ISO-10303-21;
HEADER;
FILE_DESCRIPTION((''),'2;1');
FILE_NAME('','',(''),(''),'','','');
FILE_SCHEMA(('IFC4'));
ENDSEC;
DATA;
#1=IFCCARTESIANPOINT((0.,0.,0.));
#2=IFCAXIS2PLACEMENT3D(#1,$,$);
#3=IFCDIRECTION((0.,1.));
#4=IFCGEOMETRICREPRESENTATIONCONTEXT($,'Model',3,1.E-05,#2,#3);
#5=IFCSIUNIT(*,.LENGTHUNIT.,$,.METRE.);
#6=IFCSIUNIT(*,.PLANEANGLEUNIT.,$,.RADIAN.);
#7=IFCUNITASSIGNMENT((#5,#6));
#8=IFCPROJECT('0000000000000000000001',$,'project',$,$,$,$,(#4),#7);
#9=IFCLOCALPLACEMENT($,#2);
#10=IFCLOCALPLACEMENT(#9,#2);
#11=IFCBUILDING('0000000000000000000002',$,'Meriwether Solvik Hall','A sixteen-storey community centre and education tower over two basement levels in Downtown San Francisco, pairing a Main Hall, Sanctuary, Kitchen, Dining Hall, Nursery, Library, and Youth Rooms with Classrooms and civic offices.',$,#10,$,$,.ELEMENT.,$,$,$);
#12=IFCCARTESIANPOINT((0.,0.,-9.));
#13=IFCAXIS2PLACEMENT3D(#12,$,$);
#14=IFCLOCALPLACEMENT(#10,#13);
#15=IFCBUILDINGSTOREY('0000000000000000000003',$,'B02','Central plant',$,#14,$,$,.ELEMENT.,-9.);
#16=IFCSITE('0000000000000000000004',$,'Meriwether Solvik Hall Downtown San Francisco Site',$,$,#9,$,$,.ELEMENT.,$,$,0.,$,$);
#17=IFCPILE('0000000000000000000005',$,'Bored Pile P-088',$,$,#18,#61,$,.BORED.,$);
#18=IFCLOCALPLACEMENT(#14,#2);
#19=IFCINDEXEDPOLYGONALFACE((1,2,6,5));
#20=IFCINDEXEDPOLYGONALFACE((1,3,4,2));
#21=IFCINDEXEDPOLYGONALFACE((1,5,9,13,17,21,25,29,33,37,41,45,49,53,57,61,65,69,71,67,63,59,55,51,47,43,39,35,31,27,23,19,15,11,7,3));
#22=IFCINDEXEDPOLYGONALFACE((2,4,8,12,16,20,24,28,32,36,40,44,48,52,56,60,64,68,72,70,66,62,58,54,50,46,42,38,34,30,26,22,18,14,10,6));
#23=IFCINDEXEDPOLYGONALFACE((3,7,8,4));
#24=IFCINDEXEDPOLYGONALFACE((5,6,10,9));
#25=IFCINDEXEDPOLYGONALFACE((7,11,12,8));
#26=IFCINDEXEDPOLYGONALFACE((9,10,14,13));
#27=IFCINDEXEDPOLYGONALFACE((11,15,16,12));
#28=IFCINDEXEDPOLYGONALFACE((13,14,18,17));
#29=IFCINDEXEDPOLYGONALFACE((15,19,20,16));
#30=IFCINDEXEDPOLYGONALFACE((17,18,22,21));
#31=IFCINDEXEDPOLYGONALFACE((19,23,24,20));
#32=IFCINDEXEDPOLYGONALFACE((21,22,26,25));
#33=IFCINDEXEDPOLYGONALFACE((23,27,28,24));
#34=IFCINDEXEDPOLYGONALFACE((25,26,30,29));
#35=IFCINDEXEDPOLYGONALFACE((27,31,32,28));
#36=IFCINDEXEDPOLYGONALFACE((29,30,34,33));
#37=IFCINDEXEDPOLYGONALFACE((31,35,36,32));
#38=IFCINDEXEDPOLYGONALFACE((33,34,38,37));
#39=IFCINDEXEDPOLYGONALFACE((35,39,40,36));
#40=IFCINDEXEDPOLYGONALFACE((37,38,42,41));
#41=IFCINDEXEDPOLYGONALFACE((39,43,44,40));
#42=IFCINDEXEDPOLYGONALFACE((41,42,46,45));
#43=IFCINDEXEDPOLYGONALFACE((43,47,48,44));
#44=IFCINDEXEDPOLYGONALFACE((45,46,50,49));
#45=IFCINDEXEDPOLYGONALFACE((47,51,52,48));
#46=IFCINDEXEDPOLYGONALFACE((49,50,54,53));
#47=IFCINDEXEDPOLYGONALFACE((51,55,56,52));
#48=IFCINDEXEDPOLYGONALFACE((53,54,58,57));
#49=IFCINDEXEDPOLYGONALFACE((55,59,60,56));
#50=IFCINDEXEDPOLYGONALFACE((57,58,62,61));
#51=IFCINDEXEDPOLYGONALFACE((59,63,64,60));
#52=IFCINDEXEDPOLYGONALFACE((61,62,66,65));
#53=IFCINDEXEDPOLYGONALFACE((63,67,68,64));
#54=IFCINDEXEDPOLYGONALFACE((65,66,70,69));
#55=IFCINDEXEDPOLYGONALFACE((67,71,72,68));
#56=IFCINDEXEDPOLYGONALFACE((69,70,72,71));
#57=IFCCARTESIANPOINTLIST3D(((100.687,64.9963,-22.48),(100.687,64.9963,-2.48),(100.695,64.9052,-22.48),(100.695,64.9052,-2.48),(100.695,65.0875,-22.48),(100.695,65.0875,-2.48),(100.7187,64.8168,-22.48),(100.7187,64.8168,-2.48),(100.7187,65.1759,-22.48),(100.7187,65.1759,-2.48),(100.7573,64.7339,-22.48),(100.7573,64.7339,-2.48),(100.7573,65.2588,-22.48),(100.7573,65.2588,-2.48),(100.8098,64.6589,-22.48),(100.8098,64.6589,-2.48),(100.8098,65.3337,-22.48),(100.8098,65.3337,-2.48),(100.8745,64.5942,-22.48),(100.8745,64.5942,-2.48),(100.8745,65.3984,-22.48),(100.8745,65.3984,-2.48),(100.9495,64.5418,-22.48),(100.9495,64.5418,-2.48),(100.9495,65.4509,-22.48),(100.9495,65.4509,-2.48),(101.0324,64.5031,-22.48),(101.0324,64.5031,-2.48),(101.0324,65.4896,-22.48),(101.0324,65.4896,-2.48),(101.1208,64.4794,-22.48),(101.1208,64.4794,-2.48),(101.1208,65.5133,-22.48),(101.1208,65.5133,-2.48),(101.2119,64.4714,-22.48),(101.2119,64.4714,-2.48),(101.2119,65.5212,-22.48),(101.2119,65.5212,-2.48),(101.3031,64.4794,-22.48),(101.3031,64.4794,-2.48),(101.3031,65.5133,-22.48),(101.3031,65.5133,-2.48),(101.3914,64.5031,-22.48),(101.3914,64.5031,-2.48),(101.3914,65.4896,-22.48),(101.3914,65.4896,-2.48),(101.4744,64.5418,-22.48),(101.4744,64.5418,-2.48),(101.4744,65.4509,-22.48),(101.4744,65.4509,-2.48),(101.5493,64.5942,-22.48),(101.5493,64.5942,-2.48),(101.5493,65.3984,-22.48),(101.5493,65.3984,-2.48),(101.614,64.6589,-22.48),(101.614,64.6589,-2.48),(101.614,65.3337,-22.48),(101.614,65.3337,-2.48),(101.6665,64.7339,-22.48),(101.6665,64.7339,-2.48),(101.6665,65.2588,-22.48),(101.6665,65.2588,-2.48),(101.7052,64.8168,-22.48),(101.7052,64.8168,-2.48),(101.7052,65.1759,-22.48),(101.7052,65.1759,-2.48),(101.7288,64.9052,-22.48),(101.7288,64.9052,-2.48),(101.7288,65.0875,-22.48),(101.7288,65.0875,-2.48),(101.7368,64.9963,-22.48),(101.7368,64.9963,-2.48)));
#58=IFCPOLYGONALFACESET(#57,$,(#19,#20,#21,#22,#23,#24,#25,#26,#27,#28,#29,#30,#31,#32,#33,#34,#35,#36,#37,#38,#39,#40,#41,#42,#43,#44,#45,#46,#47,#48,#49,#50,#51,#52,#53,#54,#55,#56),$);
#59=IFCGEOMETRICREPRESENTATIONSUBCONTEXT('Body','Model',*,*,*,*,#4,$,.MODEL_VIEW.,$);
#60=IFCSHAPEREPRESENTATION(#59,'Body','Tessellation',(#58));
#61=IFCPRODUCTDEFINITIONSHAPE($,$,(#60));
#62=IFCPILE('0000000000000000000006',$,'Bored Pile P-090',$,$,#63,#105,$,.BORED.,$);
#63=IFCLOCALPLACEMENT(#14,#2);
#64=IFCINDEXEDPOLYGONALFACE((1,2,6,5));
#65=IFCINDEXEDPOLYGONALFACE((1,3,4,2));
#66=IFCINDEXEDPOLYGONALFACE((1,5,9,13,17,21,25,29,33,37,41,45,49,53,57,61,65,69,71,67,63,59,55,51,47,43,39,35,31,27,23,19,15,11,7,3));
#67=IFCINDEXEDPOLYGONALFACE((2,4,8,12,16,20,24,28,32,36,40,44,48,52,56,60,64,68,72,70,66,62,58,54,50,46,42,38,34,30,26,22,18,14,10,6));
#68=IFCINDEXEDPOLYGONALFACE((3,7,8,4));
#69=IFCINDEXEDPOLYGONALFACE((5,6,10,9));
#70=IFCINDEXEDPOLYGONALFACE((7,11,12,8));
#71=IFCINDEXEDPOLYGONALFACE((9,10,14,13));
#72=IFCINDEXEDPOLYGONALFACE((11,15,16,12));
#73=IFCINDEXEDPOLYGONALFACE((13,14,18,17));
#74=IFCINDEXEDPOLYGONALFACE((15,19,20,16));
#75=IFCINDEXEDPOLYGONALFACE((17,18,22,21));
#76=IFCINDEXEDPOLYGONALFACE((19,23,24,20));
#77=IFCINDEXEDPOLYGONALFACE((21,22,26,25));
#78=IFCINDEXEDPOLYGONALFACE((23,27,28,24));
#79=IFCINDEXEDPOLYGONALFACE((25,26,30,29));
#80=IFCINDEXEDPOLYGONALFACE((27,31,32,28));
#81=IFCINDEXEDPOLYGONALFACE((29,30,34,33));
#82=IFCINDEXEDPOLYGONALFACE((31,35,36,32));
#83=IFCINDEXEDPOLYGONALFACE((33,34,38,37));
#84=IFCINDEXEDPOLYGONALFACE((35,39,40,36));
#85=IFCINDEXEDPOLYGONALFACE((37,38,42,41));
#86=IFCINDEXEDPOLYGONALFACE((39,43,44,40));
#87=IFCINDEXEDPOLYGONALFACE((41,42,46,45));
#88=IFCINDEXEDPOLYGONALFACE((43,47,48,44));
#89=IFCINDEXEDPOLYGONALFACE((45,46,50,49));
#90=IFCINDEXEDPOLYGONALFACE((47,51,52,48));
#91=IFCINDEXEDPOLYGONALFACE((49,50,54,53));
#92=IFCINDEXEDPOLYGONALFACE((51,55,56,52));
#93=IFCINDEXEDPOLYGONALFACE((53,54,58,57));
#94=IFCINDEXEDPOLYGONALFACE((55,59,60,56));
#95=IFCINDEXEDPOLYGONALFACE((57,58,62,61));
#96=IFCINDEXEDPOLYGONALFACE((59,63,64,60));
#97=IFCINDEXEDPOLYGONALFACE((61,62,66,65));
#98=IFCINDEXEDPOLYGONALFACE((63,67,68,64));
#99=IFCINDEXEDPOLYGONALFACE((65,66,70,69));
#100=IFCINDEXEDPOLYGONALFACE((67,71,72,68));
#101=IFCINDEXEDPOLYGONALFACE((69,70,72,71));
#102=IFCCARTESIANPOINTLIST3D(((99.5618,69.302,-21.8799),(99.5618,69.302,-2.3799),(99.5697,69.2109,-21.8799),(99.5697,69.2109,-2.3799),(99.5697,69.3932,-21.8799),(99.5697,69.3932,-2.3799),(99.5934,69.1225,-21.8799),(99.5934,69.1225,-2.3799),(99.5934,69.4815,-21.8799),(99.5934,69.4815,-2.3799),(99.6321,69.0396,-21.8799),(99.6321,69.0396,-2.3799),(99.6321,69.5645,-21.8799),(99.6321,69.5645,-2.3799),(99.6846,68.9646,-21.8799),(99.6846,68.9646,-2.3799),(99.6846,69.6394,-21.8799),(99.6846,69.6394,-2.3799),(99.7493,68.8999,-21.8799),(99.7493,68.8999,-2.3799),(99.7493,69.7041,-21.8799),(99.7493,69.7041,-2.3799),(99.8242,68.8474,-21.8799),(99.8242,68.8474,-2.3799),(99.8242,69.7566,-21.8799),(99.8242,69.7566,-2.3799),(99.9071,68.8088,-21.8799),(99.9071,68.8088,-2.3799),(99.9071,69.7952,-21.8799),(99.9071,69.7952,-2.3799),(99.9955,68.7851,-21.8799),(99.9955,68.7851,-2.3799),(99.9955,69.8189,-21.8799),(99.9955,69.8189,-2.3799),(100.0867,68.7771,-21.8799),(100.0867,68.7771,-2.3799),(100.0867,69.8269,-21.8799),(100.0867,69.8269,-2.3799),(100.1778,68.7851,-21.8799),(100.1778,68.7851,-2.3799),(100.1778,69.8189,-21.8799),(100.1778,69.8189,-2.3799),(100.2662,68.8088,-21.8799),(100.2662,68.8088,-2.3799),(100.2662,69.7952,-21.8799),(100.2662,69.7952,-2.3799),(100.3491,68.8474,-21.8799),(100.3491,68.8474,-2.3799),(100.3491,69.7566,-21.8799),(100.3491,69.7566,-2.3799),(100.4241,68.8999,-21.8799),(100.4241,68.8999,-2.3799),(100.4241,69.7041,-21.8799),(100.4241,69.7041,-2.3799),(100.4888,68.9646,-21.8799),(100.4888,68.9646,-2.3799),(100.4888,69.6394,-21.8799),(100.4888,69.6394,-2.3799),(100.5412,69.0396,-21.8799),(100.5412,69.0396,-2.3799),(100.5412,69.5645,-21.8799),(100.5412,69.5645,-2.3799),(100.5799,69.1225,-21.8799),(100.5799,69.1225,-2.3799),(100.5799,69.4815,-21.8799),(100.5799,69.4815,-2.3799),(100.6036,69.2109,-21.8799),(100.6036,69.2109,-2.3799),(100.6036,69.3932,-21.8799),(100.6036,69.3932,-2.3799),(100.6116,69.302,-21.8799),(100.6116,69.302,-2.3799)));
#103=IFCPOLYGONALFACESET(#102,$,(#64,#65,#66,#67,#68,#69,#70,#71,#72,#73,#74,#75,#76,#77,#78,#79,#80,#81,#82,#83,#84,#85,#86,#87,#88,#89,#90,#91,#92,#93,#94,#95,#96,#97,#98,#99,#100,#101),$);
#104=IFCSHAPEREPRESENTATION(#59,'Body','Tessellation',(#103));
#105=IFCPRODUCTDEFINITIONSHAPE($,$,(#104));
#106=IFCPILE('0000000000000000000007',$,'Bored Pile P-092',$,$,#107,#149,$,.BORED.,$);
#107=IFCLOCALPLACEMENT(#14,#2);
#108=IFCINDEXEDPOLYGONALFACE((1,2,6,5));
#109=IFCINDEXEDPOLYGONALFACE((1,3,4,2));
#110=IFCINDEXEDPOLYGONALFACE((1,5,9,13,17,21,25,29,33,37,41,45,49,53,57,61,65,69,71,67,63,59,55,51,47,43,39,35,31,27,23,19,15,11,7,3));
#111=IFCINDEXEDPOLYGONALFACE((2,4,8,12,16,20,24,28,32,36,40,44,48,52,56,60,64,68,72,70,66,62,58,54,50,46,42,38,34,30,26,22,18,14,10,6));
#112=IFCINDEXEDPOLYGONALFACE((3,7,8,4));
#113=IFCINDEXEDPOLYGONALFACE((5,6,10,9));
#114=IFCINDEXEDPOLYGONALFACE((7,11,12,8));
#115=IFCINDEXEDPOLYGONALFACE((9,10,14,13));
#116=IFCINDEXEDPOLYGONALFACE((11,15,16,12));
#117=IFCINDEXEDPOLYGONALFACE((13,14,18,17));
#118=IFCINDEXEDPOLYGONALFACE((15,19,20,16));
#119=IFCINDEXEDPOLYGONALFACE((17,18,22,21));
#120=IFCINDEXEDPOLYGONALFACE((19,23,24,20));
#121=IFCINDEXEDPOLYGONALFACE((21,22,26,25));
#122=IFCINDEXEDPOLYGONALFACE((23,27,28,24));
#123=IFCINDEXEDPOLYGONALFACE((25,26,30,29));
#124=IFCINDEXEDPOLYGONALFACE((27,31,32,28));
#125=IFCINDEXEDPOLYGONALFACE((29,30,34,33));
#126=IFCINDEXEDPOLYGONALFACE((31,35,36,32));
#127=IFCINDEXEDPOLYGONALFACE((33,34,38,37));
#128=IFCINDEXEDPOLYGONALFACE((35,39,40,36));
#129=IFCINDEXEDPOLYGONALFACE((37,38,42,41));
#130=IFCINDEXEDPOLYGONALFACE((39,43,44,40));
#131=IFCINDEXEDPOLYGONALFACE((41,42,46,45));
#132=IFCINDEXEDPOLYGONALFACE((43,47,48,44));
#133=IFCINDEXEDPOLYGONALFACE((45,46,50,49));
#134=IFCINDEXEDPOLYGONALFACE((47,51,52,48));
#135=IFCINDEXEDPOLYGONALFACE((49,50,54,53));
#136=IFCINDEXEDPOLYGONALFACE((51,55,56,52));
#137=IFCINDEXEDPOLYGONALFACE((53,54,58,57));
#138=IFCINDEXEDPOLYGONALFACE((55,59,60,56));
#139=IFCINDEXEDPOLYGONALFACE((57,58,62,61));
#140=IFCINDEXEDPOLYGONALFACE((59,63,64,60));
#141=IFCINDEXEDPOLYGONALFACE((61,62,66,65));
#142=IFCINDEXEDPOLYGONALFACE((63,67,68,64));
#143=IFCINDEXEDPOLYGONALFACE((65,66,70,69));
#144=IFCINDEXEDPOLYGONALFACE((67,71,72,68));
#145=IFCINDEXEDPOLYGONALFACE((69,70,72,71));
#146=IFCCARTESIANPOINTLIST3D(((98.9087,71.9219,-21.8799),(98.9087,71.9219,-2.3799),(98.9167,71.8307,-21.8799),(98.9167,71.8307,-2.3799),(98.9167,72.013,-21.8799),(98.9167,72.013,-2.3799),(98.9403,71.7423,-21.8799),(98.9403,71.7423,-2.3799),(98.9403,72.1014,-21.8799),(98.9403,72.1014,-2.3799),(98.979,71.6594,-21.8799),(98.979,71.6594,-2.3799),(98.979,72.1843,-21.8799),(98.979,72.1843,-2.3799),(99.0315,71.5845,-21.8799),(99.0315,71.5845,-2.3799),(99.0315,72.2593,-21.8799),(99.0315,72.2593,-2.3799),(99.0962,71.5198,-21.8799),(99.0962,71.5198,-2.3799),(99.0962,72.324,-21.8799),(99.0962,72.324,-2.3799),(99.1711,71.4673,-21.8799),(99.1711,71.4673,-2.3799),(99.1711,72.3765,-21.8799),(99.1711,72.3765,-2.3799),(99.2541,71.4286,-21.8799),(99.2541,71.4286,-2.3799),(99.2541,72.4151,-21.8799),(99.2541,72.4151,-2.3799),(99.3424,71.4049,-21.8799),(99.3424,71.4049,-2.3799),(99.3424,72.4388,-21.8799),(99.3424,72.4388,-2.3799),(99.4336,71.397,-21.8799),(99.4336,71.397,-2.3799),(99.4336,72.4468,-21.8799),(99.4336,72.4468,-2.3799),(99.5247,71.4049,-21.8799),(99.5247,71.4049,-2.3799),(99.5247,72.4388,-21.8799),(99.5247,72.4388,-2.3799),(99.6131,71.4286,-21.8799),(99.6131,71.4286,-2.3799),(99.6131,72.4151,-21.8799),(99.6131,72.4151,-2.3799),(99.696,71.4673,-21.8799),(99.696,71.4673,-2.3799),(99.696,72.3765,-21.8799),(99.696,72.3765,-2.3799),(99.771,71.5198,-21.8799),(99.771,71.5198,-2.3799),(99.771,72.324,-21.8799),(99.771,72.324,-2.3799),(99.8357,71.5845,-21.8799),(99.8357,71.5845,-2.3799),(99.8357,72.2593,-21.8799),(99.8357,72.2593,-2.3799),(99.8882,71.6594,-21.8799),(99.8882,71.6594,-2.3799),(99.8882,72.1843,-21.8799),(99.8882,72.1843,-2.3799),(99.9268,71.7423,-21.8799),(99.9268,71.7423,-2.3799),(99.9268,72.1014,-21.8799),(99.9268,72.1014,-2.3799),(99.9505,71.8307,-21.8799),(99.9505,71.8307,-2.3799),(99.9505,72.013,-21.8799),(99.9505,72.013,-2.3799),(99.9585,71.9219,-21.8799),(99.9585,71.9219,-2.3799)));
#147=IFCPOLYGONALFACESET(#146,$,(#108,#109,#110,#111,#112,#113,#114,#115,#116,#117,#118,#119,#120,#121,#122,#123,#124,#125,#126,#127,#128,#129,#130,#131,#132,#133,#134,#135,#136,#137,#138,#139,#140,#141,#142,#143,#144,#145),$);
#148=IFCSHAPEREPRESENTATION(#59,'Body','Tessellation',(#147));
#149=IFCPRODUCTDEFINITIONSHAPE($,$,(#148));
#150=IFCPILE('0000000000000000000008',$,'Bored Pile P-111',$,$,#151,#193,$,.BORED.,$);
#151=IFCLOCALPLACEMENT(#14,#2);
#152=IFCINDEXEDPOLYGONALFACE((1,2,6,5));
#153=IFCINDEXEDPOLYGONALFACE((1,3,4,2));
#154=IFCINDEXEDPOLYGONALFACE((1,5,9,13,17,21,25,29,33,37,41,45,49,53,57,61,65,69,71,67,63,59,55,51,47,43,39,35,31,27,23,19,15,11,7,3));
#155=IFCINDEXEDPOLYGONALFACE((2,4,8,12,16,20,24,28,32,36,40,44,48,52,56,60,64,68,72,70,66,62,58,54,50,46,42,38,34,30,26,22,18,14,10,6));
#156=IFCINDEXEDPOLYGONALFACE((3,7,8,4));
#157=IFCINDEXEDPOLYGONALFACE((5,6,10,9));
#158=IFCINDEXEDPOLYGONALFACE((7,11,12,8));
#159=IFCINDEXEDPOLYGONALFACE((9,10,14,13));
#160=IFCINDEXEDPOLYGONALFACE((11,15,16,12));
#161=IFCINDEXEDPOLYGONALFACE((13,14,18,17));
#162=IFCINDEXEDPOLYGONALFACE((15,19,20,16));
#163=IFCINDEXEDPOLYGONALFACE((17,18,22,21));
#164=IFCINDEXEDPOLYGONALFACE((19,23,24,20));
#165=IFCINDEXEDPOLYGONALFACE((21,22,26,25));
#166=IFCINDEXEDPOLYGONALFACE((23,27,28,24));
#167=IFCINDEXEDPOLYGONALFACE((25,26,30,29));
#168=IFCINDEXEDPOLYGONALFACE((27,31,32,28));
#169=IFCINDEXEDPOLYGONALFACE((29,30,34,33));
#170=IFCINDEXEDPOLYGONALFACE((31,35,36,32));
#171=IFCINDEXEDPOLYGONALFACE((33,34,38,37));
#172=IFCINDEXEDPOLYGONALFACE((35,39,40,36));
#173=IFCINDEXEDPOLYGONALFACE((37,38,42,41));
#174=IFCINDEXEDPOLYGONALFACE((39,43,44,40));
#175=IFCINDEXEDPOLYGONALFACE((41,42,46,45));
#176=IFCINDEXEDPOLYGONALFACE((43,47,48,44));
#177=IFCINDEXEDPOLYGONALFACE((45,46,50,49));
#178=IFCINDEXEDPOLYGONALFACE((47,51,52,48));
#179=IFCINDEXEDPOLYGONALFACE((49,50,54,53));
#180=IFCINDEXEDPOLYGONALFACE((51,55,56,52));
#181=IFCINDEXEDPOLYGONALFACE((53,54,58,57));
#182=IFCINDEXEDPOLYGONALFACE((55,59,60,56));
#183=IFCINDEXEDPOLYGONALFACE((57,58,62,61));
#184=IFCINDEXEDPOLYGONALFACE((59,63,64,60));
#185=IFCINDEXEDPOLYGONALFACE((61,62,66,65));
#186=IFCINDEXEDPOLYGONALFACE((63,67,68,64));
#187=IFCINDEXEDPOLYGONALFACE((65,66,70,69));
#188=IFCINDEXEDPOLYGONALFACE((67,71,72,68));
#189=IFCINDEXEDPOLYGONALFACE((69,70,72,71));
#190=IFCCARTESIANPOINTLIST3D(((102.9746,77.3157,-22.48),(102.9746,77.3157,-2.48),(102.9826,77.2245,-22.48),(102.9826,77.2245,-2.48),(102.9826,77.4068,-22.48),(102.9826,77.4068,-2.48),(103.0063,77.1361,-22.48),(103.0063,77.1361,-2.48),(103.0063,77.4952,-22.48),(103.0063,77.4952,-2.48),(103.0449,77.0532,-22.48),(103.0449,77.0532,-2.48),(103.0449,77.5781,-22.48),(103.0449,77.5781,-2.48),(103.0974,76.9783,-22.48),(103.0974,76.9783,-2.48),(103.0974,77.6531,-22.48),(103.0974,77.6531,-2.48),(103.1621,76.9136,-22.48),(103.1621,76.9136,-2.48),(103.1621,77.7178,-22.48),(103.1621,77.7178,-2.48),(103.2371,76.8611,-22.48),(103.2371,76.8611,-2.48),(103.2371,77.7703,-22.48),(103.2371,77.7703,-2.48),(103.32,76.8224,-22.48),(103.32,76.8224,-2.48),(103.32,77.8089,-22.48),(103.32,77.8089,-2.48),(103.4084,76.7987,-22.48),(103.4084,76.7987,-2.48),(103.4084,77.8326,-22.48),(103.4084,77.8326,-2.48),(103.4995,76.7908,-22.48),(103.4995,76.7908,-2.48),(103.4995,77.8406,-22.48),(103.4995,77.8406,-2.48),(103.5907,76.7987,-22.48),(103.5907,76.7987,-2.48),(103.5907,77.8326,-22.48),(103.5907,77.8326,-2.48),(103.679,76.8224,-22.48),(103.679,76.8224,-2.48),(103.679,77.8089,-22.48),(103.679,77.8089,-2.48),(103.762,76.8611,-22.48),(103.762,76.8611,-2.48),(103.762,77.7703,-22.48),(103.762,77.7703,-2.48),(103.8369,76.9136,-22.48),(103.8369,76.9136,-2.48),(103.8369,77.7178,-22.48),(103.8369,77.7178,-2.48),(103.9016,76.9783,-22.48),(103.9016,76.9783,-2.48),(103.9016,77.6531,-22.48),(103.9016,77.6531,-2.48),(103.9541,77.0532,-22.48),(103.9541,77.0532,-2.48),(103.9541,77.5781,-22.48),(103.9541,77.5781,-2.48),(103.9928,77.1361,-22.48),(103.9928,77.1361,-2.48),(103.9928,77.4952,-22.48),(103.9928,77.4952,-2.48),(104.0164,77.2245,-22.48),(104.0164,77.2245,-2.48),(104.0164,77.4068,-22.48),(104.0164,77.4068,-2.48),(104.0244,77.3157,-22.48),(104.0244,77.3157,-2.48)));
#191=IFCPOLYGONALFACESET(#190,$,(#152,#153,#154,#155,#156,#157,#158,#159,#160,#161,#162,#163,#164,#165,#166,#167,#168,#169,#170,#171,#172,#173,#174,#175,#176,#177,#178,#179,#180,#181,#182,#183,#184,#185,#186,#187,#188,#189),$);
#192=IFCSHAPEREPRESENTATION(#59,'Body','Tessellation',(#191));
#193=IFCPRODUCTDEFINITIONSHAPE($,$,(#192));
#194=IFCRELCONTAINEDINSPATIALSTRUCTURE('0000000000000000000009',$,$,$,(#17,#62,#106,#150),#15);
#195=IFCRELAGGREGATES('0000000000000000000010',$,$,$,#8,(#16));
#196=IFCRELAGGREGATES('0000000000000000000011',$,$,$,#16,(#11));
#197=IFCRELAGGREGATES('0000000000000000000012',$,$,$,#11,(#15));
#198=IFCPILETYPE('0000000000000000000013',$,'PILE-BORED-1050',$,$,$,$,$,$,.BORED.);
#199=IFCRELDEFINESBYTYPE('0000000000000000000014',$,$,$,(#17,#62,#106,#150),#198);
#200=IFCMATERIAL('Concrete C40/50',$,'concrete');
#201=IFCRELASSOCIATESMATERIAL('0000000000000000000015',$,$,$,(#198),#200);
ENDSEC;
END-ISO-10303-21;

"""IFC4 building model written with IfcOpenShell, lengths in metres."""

from ifc_helpers import new_model, si_unit, direction, frame, origin, origin_2d, place, context, subcontext, project, spatial, circle, extrude, material, material_profile, profile_set, type_object, element, save


model = new_model("IFC4")

# Units and contexts
model_context = context("Model", 3, precision=1e-05, world=origin(), true_north=direction((0.0, 1.0)))
body_context = subcontext(model_context, "Body", "Model", "MODEL_VIEW")
ifc_project = project(units=[si_unit("LENGTHUNIT", "METRE"), si_unit("PLANEANGLEUNIT", "RADIAN")], contexts=[model_context])

# Site, building, storey
site_placement = place(None, origin())
site = spatial("IfcSite", under=ifc_project, at=site_placement, Name="Meriwether Solvik Hall Downtown San Francisco Site", CompositionType="ELEMENT", RefElevation=0.0)
building_placement = place(site_placement, origin())
building = spatial("IfcBuilding", under=site, at=building_placement, Name="Meriwether Solvik Hall", Description="A sixteen-storey community centre and education tower over two basement levels in Downtown San Francisco, pairing a Main Hall, Sanctuary, Kitchen, Dining Hall, Nursery, Library, and Youth Rooms with Classrooms and civic offices.", CompositionType="ELEMENT")
storey_placement = place(building_placement, frame((0.0, 0.0, -9.0)))
storey = spatial("IfcBuildingStorey", under=building, at=storey_placement, Name="B02", Description="Central plant", CompositionType="ELEMENT", Elevation=-9.0)

# Piles
ifc_material_1 = material(Name="Concrete C40/50", Category="concrete")
ifc_material_profile_1 = material_profile(ifc_material_1, circle(Radius=0.5249, at=origin_2d()), Name="PILE-D1050")
ifc_profile_set_1 = profile_set([ifc_material_profile_1], Name="Concrete C40/50")
pile_type_1 = type_object("IfcPileType", Name="PILE-BORED-1050", PredefinedType="BORED", material=ifc_profile_set_1)
for number, where, z_axis, x_axis, name in (
    (1, (101.2119, 64.9963, -2.48), (0.0, 0.0, -1.0), (1.0, 0.0, 0.0), "Bored Pile P-088"),
):
    element("IfcPile", number, at=place(storey_placement, frame(where, z_axis=z_axis, x_axis=x_axis)), inside=storey, type_object=pile_type_1, Name=name, PredefinedType="BORED", context=body_context, shape_type="SweptSolid", body=[
        extrude(circle(Radius=0.5249, at=origin_2d()), origin(), (0.0, 0.0, 1.0), 20.0),
    ])
for number, where, z_axis, x_axis, name in (
    (2, (100.0867, 69.302, -2.3799), (0.0, 0.0, -1.0), (1.0, 0.0, 0.0), "Bored Pile P-090"),
    (3, (99.4336, 71.9219, -2.3799), (0.0, 0.0, -1.0), (1.0, 0.0, 0.0), "Bored Pile P-092"),
):
    element("IfcPile", number, at=place(storey_placement, frame(where, z_axis=z_axis, x_axis=x_axis)), inside=storey, type_object=pile_type_1, Name=name, PredefinedType="BORED", context=body_context, shape_type="SweptSolid", body=[
        extrude(circle(Radius=0.5249, at=origin_2d()), origin(), (0.0, 0.0, 1.0), 19.5),
    ])
for number, where, z_axis, x_axis, name in (
    (4, (103.4995, 77.3157, -2.48), (0.0, 0.0, -1.0), (1.0, 0.0, 0.0), "Bored Pile P-111"),
):
    element("IfcPile", number, at=place(storey_placement, frame(where, z_axis=z_axis, x_axis=x_axis)), inside=storey, type_object=pile_type_1, Name=name, PredefinedType="BORED", context=body_context, shape_type="SweptSolid", body=[
        extrude(circle(Radius=0.5249, at=origin_2d()), origin(), (0.0, 0.0, 1.0), 20.0),
    ])

save(model, "model.ifc")
